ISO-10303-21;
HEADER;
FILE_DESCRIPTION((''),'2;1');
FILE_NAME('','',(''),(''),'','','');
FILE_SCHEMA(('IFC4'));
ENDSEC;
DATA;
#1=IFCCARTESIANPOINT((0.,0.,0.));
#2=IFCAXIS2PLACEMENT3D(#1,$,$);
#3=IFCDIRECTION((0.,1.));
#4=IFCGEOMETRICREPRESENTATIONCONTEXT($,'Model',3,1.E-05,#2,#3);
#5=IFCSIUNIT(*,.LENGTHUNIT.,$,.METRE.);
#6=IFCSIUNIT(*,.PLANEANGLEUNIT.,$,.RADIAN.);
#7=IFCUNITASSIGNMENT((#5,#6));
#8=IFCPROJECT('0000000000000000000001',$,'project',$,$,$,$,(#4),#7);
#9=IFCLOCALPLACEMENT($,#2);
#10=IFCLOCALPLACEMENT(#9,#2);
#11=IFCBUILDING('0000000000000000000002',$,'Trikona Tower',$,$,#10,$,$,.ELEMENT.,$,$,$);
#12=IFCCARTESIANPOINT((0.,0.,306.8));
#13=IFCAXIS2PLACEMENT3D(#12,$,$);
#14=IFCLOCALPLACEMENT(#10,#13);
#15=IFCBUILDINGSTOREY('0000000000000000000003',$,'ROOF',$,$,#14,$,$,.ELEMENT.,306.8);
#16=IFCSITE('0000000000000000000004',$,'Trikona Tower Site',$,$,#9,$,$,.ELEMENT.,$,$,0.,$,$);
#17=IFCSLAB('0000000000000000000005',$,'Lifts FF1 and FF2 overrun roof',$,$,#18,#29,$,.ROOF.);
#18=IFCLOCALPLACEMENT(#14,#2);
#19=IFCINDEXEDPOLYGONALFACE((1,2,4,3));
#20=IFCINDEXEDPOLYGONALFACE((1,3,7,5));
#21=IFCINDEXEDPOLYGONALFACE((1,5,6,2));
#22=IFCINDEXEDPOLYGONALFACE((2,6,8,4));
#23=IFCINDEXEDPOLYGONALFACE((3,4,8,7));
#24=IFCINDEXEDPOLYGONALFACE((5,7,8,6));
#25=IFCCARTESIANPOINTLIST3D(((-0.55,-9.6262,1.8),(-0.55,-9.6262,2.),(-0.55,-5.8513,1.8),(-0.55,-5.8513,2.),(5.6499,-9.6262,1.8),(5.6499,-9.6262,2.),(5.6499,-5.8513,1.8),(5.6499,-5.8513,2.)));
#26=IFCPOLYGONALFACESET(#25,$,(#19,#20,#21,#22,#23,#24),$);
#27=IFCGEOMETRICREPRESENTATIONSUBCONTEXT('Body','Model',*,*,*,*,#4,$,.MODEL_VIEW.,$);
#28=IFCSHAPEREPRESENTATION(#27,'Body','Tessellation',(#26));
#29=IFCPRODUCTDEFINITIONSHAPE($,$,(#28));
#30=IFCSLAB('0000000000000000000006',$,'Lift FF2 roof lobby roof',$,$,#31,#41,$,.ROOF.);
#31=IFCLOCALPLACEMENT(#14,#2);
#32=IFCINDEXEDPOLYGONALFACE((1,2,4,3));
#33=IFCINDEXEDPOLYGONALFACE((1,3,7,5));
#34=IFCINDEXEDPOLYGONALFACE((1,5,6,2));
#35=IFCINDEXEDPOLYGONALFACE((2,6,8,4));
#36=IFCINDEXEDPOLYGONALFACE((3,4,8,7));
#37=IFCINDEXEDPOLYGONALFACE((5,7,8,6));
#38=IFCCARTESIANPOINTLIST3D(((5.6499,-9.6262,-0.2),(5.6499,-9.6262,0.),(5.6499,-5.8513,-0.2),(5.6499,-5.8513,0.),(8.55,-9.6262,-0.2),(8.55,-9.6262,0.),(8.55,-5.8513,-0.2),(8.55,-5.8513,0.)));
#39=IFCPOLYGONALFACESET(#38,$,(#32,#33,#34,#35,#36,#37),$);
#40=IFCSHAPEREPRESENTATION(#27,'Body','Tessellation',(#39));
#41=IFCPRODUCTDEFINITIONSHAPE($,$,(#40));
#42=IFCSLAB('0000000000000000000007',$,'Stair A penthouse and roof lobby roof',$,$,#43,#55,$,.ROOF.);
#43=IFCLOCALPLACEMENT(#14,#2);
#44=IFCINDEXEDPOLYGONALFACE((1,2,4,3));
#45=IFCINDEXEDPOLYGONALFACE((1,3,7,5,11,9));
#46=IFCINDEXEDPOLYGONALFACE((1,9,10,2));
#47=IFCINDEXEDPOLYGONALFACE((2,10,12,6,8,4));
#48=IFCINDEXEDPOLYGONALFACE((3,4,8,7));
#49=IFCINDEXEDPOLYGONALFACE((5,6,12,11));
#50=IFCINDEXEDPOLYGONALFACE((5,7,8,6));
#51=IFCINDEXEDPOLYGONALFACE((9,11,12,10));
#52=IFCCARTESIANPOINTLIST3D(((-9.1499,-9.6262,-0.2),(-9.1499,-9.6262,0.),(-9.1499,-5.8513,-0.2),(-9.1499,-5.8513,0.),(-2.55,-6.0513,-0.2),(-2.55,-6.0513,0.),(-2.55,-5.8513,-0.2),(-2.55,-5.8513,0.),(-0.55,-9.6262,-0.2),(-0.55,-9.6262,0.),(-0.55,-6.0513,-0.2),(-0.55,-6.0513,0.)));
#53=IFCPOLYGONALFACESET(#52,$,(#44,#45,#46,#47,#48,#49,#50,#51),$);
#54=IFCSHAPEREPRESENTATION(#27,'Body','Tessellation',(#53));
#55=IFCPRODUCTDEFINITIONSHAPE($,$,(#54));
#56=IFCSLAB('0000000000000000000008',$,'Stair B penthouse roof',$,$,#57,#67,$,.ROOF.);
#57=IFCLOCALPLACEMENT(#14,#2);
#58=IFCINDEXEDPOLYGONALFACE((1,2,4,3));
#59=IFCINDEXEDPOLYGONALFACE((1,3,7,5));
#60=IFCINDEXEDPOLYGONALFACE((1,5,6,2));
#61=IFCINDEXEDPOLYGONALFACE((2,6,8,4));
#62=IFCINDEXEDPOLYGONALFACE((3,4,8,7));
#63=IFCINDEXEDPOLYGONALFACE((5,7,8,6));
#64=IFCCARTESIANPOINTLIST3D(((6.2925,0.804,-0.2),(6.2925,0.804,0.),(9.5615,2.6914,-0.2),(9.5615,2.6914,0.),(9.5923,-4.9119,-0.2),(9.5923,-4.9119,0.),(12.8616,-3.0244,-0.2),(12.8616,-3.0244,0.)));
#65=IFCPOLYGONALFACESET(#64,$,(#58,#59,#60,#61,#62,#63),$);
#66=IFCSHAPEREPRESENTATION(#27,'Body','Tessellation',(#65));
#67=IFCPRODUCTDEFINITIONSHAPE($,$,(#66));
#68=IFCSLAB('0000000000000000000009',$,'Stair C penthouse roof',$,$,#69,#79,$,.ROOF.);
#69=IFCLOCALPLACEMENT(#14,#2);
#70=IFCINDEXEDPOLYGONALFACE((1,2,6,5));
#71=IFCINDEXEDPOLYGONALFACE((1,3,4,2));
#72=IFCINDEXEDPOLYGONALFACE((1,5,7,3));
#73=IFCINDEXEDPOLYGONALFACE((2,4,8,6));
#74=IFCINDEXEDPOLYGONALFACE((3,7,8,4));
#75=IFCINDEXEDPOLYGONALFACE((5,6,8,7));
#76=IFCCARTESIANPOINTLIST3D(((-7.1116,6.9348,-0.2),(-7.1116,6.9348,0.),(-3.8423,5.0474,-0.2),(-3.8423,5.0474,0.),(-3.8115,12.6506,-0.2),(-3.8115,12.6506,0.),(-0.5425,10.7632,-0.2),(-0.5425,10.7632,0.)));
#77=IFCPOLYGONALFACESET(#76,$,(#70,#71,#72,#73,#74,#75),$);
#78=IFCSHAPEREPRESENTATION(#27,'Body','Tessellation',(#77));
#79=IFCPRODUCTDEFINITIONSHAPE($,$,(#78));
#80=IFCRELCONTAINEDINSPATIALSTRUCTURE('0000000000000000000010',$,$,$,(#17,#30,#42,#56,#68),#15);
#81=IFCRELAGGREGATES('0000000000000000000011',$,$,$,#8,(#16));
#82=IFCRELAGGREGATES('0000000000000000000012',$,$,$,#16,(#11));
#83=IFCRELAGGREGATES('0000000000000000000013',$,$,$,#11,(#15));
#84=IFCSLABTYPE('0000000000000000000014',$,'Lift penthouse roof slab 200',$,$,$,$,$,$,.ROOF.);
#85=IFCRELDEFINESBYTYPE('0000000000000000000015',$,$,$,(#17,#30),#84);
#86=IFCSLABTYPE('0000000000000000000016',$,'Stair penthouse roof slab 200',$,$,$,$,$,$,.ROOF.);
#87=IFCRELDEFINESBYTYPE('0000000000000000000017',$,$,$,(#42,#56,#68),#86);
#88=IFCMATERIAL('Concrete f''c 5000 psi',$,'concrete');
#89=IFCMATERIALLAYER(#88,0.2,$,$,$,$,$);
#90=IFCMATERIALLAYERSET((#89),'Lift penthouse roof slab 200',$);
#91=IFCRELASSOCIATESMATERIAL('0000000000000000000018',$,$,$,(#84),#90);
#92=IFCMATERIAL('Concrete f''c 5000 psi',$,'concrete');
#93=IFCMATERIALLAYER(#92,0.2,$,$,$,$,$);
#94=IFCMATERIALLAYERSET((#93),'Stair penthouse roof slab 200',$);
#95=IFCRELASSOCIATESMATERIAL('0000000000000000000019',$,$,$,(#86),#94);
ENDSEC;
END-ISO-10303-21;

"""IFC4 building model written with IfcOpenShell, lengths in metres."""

from ifc_helpers import new_model, si_unit, direction, frame, origin, place, context, subcontext, project, spatial, polyline, outline, extrude, material, layer, layer_set, type_object, element, save


model = new_model("IFC4")

# Units and contexts
model_context = context("Model", 3, precision=1e-05, world=origin(), true_north=direction((0.0, 1.0)))
body_context = subcontext(model_context, "Body", "Model", "MODEL_VIEW")
ifc_project = project(units=[si_unit("LENGTHUNIT", "METRE"), si_unit("PLANEANGLEUNIT", "RADIAN")], contexts=[model_context])

# Site, building, storey
site_placement = place(None, origin())
site = spatial("IfcSite", under=ifc_project, at=site_placement, Name="Trikona Tower Site", CompositionType="ELEMENT", RefElevation=0.0)
building_placement = place(site_placement, origin())
building = spatial("IfcBuilding", under=site, at=building_placement, Name="Trikona Tower", CompositionType="ELEMENT")
storey_placement = place(building_placement, frame((0.0, 0.0, 306.8)))
storey = spatial("IfcBuildingStorey", under=building, at=storey_placement, Name="ROOF", CompositionType="ELEMENT", Elevation=306.8)

# Slabs
ifc_material_1 = material(Name="Concrete f'c 5000 psi", Category="concrete")
ifc_layer_1 = layer(ifc_material_1, 0.2)
ifc_layer_set_1 = layer_set([ifc_layer_1], Name="Lift penthouse roof slab 200")
slab_type_1 = type_object("IfcSlabType", Name="Lift penthouse roof slab 200", PredefinedType="ROOF", material=ifc_layer_set_1)
slab_1_placement = place(storey_placement, frame((0.0, 0.0, 1.8)))
element("IfcSlab", 1, at=slab_1_placement, inside=storey, type_object=slab_type_1, Name="Lifts FF1 and FF2 overrun roof", PredefinedType="ROOF", context=body_context, shape_type="SweptSolid", body=[
    extrude(outline(polyline([(-0.55, -5.8513), (5.6499, -5.8513), (5.6499, -9.6262), (-0.55, -9.6262), (-0.55, -5.8513)])), origin(), (0.0, 0.0, 1.0), 0.2),
])
slab_2_placement = place(storey_placement, frame((0.0, 0.0, -0.2)))
element("IfcSlab", 2, at=slab_2_placement, inside=storey, type_object=slab_type_1, Name="Lift FF2 roof lobby roof", PredefinedType="ROOF", context=body_context, shape_type="SweptSolid", body=[
    extrude(outline(polyline([(5.6499, -5.8513), (8.55, -5.8513), (8.55, -9.6262), (5.6499, -9.6262), (5.6499, -5.8513)])), origin(), (0.0, 0.0, 1.0), 0.2),
])
ifc_material_2 = material(Name="Concrete f'c 5000 psi", Category="concrete")
ifc_layer_2 = layer(ifc_material_2, 0.2)
ifc_layer_set_2 = layer_set([ifc_layer_2], Name="Stair penthouse roof slab 200")
slab_type_2 = type_object("IfcSlabType", Name="Stair penthouse roof slab 200", PredefinedType="ROOF", material=ifc_layer_set_2)
slab_3_placement = place(storey_placement, frame((0.0, 0.0, -0.2)))
element("IfcSlab", 3, at=slab_3_placement, inside=storey, type_object=slab_type_2, Name="Stair A penthouse and roof lobby roof", PredefinedType="ROOF", context=body_context, shape_type="SweptSolid", body=[
    extrude(outline(polyline([(-9.1499, -5.8513), (-2.55, -5.8513), (-2.55, -6.0513), (-0.55, -6.0513), (-0.55, -9.6262), (-9.1499, -9.6262), (-9.1499, -5.8513)])), origin(), (0.0, 0.0, 1.0), 0.2),
])
slab_4_placement = place(storey_placement, frame((0.0, 0.0, -0.2)))
element("IfcSlab", 4, at=slab_4_placement, inside=storey, type_object=slab_type_2, Name="Stair B penthouse roof", PredefinedType="ROOF", context=body_context, shape_type="SweptSolid", body=[
    extrude(outline(polyline([(9.5923, -4.9119), (6.2925, 0.804), (9.5615, 2.6914), (12.8616, -3.0244), (9.5923, -4.9119)])), origin(), (0.0, 0.0, 1.0), 0.2),
])
slab_5_placement = place(storey_placement, frame((0.0, 0.0, -0.2)))
element("IfcSlab", 5, at=slab_5_placement, inside=storey, type_object=slab_type_2, Name="Stair C penthouse roof", PredefinedType="ROOF", context=body_context, shape_type="SweptSolid", body=[
    extrude(outline(polyline([(-0.5425, 10.7632), (-3.8423, 5.0474), (-7.1116, 6.9348), (-3.8115, 12.6506), (-0.5425, 10.7632)])), origin(), (0.0, 0.0, 1.0), 0.2),
])

save(model, "model.ifc")
